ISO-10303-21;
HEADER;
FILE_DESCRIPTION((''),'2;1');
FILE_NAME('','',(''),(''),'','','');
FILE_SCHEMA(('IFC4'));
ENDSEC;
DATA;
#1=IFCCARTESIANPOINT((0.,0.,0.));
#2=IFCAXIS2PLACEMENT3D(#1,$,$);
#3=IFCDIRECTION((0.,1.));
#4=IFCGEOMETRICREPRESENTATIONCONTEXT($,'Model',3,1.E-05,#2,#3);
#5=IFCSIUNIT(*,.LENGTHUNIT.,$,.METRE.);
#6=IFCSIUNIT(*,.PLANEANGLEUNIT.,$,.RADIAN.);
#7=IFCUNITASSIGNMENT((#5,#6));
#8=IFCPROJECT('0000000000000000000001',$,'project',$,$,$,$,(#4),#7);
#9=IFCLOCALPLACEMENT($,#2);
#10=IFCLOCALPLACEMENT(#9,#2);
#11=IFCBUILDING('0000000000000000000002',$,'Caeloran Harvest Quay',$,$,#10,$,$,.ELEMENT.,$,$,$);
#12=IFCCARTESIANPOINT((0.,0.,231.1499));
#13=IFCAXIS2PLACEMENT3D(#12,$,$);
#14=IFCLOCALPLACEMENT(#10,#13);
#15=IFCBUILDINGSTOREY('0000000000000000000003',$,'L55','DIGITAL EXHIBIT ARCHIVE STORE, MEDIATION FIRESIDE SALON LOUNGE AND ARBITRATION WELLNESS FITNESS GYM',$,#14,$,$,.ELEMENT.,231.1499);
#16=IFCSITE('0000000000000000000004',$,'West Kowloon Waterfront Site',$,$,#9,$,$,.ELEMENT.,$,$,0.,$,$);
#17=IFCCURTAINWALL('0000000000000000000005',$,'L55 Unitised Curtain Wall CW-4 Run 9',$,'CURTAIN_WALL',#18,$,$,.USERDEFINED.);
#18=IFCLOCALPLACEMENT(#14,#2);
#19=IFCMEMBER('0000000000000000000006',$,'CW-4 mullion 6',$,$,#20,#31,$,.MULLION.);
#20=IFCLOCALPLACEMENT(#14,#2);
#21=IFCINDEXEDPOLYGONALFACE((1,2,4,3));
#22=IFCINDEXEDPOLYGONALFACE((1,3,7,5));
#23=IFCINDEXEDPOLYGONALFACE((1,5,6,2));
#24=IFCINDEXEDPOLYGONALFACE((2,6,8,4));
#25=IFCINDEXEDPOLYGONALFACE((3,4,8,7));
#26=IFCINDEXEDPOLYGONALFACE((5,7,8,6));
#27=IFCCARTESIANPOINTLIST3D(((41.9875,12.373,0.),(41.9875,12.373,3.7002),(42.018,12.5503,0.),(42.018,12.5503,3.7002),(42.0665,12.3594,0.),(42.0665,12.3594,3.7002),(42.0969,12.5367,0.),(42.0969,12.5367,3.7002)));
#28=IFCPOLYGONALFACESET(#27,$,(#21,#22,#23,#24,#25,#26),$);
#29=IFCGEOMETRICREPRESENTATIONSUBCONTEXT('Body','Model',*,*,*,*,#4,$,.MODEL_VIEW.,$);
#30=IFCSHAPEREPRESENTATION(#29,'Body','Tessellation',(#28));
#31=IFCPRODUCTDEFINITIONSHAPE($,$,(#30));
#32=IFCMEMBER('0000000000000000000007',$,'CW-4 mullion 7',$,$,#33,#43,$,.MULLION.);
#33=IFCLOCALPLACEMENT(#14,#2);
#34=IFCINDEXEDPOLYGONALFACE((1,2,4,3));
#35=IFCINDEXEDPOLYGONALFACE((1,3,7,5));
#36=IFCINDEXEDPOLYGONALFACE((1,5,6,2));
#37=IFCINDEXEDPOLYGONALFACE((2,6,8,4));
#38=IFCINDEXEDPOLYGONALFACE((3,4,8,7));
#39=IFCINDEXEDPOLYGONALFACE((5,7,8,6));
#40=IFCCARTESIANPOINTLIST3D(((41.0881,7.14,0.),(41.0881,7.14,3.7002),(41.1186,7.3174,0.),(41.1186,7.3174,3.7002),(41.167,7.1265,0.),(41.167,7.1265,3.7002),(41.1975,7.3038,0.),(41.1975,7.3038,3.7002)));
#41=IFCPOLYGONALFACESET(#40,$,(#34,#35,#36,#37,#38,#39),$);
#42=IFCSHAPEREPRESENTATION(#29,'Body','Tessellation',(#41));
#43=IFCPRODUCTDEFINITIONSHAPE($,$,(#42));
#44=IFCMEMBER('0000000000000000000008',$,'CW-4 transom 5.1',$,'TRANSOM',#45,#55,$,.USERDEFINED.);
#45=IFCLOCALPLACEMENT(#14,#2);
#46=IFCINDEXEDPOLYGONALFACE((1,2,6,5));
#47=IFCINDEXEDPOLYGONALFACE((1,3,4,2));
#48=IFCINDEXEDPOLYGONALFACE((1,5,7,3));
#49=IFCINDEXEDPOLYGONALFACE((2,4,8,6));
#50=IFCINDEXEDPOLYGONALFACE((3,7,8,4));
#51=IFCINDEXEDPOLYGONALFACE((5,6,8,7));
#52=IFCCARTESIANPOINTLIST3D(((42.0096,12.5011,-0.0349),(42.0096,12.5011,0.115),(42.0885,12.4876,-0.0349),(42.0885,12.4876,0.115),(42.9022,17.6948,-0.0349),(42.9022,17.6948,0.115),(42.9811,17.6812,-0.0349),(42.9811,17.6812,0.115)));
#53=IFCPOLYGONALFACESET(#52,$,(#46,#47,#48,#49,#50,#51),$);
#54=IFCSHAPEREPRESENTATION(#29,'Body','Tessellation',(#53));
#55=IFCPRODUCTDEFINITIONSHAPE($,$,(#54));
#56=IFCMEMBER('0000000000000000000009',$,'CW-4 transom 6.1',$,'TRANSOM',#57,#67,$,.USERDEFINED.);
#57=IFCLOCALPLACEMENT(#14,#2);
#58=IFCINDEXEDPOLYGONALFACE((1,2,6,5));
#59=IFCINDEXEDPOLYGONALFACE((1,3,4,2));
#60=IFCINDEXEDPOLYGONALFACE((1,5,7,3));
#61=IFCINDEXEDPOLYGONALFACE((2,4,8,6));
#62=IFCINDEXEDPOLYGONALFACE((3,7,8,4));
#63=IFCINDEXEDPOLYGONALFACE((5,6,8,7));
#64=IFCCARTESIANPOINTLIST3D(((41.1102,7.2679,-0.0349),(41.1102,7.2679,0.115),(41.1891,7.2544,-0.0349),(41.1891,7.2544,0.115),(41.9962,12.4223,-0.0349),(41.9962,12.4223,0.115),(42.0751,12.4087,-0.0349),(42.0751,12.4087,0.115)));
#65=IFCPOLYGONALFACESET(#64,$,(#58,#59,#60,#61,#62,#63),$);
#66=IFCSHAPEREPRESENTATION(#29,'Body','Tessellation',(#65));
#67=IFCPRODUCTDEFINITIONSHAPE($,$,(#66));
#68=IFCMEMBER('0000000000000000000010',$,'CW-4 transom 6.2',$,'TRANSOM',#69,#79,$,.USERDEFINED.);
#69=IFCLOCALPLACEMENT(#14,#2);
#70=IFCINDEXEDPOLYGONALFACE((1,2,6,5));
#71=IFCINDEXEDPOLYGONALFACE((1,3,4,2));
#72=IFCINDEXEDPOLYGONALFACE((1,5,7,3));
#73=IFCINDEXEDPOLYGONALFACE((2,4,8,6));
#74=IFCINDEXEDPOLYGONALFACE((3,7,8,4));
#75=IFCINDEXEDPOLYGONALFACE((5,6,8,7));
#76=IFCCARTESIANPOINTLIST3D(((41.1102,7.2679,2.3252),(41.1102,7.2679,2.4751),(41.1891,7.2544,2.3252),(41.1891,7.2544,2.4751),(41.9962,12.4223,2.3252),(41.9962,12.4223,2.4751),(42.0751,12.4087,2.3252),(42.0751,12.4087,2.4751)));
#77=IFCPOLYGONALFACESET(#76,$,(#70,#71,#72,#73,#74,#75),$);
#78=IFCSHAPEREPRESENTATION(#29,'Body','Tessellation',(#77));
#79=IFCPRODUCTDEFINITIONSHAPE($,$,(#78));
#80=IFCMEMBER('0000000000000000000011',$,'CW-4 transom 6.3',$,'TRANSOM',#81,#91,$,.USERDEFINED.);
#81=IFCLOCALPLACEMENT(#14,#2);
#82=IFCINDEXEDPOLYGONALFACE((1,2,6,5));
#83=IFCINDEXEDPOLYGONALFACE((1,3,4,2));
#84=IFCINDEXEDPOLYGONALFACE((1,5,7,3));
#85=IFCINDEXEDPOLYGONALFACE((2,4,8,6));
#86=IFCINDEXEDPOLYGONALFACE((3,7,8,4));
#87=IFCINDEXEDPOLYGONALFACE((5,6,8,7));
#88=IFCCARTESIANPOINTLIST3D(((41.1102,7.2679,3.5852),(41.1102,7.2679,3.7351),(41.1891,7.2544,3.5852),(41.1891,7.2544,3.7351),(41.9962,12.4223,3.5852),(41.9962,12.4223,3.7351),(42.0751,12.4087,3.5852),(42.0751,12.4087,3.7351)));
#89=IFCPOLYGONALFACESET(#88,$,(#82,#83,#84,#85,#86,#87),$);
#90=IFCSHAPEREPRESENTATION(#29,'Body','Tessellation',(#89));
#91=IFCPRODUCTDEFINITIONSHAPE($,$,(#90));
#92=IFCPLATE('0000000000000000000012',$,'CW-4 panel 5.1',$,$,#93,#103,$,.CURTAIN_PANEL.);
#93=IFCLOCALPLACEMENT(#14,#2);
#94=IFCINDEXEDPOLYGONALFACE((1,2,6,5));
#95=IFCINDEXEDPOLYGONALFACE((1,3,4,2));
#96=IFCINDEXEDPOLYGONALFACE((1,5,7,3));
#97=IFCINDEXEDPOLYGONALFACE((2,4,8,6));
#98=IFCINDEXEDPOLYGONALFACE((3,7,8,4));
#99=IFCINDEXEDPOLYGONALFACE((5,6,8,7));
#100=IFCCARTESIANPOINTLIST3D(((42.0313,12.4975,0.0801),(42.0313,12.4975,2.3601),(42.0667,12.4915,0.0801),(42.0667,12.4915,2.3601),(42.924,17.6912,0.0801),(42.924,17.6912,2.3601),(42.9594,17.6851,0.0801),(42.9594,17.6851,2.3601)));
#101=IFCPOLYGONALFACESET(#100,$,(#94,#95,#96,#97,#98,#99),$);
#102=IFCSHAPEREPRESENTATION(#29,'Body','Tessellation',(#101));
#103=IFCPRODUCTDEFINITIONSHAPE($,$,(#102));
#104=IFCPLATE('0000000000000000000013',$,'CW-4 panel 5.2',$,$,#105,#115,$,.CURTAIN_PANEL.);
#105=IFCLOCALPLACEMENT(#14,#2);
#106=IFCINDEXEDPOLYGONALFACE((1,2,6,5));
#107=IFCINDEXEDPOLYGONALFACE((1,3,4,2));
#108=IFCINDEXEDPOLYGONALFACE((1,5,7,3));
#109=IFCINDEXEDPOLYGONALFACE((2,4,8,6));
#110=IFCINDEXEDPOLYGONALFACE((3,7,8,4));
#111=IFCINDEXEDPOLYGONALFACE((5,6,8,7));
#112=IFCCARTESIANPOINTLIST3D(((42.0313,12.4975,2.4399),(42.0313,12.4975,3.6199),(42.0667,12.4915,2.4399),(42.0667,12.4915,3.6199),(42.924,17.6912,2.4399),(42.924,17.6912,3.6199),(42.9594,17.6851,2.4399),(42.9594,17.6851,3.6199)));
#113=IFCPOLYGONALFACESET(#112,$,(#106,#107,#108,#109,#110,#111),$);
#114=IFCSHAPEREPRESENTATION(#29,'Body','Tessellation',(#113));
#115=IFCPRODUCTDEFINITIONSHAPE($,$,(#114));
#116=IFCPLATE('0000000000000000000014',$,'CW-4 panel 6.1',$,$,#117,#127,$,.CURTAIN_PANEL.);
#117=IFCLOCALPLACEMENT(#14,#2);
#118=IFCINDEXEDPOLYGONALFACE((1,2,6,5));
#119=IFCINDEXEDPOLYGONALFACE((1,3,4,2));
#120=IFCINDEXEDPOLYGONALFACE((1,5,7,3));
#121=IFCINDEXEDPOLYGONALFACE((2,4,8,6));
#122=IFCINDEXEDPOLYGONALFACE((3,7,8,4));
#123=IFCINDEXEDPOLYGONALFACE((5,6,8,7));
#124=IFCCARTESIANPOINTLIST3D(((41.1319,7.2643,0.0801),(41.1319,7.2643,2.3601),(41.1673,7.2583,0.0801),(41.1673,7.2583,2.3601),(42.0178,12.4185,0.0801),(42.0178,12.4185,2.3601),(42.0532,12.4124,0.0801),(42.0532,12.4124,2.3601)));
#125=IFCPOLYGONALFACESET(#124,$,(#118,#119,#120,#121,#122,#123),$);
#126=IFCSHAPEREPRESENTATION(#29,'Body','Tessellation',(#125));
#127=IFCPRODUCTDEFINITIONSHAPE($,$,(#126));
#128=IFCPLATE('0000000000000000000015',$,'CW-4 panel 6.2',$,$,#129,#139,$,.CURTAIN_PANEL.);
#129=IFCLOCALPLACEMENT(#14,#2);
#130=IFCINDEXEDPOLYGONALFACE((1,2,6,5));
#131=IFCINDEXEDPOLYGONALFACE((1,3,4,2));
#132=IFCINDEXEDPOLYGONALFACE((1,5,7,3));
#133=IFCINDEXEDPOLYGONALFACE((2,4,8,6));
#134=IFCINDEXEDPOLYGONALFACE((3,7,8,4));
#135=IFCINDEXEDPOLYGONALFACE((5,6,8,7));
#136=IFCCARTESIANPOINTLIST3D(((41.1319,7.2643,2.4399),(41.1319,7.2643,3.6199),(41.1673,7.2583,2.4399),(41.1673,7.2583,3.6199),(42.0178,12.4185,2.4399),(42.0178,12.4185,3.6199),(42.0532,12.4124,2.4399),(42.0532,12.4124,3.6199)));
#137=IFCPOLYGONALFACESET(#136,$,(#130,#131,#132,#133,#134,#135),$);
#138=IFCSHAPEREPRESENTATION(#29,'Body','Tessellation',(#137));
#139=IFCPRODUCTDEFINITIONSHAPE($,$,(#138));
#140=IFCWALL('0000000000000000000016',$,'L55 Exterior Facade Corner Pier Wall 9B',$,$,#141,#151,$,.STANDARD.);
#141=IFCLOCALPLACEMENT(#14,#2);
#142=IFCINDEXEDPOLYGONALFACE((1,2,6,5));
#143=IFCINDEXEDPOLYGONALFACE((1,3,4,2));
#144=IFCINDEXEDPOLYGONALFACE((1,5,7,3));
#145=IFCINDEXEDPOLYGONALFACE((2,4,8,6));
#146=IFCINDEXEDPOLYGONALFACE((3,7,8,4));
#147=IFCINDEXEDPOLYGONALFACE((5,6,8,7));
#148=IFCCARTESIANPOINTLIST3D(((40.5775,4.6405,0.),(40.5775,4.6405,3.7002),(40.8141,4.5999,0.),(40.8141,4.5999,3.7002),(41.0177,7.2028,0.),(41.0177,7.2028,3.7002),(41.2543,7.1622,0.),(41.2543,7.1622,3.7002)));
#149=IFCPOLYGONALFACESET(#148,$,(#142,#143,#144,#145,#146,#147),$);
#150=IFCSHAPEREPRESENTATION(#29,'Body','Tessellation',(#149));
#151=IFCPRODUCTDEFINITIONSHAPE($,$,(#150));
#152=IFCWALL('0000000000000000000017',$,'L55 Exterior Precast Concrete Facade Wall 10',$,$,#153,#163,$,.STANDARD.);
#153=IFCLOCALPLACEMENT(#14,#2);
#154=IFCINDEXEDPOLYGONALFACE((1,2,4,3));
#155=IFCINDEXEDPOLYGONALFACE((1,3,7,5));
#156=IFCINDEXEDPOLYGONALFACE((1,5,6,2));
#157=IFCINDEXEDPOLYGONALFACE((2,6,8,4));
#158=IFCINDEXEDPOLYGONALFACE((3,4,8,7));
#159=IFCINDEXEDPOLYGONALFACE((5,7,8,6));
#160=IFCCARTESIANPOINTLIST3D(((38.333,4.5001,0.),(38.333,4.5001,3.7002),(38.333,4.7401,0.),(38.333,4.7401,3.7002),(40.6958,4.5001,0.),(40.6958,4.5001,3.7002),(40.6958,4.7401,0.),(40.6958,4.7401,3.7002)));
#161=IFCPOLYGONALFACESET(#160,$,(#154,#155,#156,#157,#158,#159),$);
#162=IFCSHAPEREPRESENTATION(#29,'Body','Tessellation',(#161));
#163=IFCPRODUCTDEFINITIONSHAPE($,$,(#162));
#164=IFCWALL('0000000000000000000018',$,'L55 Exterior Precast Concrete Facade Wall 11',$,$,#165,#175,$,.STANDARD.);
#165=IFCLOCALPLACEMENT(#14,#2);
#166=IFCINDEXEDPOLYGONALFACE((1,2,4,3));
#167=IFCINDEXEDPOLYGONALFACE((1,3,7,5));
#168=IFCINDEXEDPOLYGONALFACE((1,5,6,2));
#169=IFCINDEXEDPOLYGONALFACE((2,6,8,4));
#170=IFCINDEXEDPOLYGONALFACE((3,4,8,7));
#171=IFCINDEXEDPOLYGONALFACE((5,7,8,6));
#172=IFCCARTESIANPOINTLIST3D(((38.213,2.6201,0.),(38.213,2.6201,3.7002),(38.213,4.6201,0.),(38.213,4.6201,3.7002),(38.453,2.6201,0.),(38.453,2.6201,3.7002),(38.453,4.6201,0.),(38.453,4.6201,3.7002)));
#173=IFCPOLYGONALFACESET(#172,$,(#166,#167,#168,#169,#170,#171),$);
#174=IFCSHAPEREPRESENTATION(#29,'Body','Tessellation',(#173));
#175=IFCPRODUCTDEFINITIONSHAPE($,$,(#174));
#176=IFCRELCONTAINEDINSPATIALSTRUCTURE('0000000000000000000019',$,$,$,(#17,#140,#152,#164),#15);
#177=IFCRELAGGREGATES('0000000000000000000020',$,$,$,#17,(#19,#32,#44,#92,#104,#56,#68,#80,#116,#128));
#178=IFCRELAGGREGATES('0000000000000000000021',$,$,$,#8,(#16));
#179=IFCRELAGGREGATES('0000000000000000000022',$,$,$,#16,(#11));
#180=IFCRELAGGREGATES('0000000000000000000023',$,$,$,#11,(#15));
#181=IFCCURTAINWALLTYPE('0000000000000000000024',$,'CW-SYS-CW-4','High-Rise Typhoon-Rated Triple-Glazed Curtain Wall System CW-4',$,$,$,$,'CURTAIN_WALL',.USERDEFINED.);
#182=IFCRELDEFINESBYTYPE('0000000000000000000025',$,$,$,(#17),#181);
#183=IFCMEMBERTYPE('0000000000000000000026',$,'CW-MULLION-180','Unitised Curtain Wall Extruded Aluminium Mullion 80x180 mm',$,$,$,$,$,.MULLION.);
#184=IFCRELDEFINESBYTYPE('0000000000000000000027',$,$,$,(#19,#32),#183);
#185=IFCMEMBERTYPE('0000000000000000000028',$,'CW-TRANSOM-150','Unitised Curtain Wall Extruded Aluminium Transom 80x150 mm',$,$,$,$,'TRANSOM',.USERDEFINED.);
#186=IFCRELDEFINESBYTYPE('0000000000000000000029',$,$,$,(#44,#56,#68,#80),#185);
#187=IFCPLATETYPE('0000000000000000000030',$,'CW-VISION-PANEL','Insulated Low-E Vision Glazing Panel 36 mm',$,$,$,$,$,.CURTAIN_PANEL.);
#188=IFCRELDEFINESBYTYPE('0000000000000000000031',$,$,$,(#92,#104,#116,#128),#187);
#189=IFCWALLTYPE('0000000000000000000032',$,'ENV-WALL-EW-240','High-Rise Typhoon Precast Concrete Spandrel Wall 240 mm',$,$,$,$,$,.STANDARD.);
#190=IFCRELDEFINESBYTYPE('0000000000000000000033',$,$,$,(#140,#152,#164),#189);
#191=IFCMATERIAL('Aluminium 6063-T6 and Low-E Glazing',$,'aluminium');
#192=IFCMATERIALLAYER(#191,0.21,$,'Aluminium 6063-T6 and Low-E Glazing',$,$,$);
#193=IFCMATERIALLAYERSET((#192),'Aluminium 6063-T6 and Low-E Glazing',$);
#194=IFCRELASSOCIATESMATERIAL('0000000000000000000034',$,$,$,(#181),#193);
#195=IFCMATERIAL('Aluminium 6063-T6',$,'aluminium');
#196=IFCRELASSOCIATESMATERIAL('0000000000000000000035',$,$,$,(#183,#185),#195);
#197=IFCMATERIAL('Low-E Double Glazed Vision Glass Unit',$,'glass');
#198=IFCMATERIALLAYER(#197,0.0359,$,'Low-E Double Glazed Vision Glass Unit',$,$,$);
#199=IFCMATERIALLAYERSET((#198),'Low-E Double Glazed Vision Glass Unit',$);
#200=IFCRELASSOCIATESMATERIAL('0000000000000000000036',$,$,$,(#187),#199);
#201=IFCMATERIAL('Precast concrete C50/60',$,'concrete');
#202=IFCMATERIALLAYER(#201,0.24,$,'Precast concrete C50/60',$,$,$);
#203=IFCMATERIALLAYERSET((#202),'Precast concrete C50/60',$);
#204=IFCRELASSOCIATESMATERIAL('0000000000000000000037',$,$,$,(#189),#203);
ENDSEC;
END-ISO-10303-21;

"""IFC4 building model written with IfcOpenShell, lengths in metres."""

from ifc_helpers import new_model, si_unit, direction, frame, frame_2d, origin, origin_2d, place, context, subcontext, project, spatial, rectangle, extrude, material, layer, layer_set, material_profile, profile_set, type_object, element, aggregate, save


model = new_model("IFC4")

# Units and contexts
model_context = context("Model", 3, precision=1e-05, world=origin(), true_north=direction((0.0, 1.0)))
body_context = subcontext(model_context, "Body", "Model", "MODEL_VIEW")
ifc_project = project(units=[si_unit("LENGTHUNIT", "METRE"), si_unit("PLANEANGLEUNIT", "RADIAN")], contexts=[model_context])

# Site, building, storey
site_placement = place(None, origin())
site = spatial("IfcSite", under=ifc_project, at=site_placement, Name="West Kowloon Waterfront Site", CompositionType="ELEMENT", RefElevation=0.0)
building_placement = place(site_placement, origin())
building = spatial("IfcBuilding", under=site, at=building_placement, Name="Caeloran Harvest Quay", CompositionType="ELEMENT")
storey_placement = place(building_placement, frame((0.0, 0.0, 231.1499)))
storey = spatial("IfcBuildingStorey", under=building, at=storey_placement, Name="L55", Description="DIGITAL EXHIBIT ARCHIVE STORE, MEDIATION FIRESIDE SALON LOUNGE AND ARBITRATION WELLNESS FITNESS GYM", CompositionType="ELEMENT", Elevation=231.1499)

# Curtain wall, members, plates
ifc_material_1 = material(Name="Aluminium 6063-T6 and Low-E Glazing", Category="aluminium")
ifc_layer_1 = layer(ifc_material_1, 0.21, Name="Aluminium 6063-T6 and Low-E Glazing")
ifc_layer_set_1 = layer_set([ifc_layer_1], Name="Aluminium 6063-T6 and Low-E Glazing")
curtain_wall_type = type_object("IfcCurtainWallType", Name="CW-SYS-CW-4", Description="High-Rise Typhoon-Rated Triple-Glazed Curtain Wall System CW-4", ElementType="CURTAIN_WALL", PredefinedType="USERDEFINED", material=ifc_layer_set_1)
curtain_wall_placement = place(storey_placement, origin())
curtain_wall = element("IfcCurtainWall", 1, at=curtain_wall_placement, inside=storey, type_object=curtain_wall_type, Name="L55 Unitised Curtain Wall CW-4 Run 9", ObjectType="CURTAIN_WALL", PredefinedType="USERDEFINED")
ifc_material_2 = material(Name="Aluminium 6063-T6", Category="aluminium")
ifc_material_profile_1 = material_profile(ifc_material_2, rectangle(XDim=0.0801, YDim=0.1799, at=origin_2d()), Name="CW-MULLION-180")
ifc_profile_set_1 = profile_set([ifc_material_profile_1], Name="Aluminium 6063-T6")
member_type_1 = type_object("IfcMemberType", Name="CW-MULLION-180", Description="Unitised Curtain Wall Extruded Aluminium Mullion 80x180 mm", PredefinedType="MULLION", material=ifc_profile_set_1)
member_1_placement = place(storey_placement, frame((42.0422, 12.4548, 0.0), z_axis=(0.0, 0.0, 1.0), x_axis=(0.985549, -0.169391, 0.0)))
member_1 = element("IfcMember", 2, at=member_1_placement, type_object=member_type_1, Name="CW-4 mullion 6", PredefinedType="MULLION", context=body_context, shape_type="SweptSolid", body=[
    extrude(rectangle(XDim=0.0801, YDim=0.1799, at=origin_2d()), origin(), (0.0, 0.0, 1.0), 3.7002),
])
member_2_placement = place(storey_placement, frame((41.1428, 7.2219, 0.0), z_axis=(0.0, 0.0, 1.0), x_axis=(0.985549, -0.169391, 0.0)))
member_2 = element("IfcMember", 3, at=member_2_placement, type_object=member_type_1, Name="CW-4 mullion 7", PredefinedType="MULLION", context=body_context, shape_type="SweptSolid", body=[
    extrude(rectangle(XDim=0.0801, YDim=0.1799, at=origin_2d()), origin(), (0.0, 0.0, 1.0), 3.7002),
])
ifc_material_profile_2 = material_profile(ifc_material_2, rectangle(XDim=0.0801, YDim=0.1499, at=origin_2d()), Name="CW-TRANSOM-150")
ifc_profile_set_2 = profile_set([ifc_material_profile_2], Name="Aluminium 6063-T6")
member_type_2 = type_object("IfcMemberType", Name="CW-TRANSOM-150", Description="Unitised Curtain Wall Extruded Aluminium Transom 80x150 mm", ElementType="TRANSOM", PredefinedType="USERDEFINED", material=ifc_profile_set_2)
member_3_placement = place(storey_placement, frame((42.9417, 17.688, 0.04), z_axis=(-0.169378, -0.985551, 0.0), x_axis=(0.985551, -0.169378, 0.0)))
member_3 = element("IfcMember", 4, at=member_3_placement, type_object=member_type_2, Name="CW-4 transom 5.1", ObjectType="TRANSOM", PredefinedType="USERDEFINED", context=body_context, shape_type="SweptSolid", body=[
    extrude(rectangle(XDim=0.0801, YDim=0.1499, at=origin_2d()), origin(), (0.0, 0.0, 1.0), 5.2698),
])
member_4_placement = place(storey_placement, frame((42.0356, 12.4155, 0.04), z_axis=(-0.169408, -0.985546, 0.0), x_axis=(0.985546, -0.169408, 0.0)))
member_4 = element("IfcMember", 5, at=member_4_placement, type_object=member_type_2, Name="CW-4 transom 6.1", ObjectType="TRANSOM", PredefinedType="USERDEFINED", context=body_context, shape_type="SweptSolid", body=[
    extrude(rectangle(XDim=0.0801, YDim=0.1499, at=origin_2d()), origin(), (0.0, 0.0, 1.0), 5.23),
])
member_5_placement = place(storey_placement, frame((42.0356, 12.4155, 2.4001), z_axis=(-0.169408, -0.985546, 0.0), x_axis=(0.985546, -0.169408, 0.0)))
member_5 = element("IfcMember", 6, at=member_5_placement, type_object=member_type_2, Name="CW-4 transom 6.2", ObjectType="TRANSOM", PredefinedType="USERDEFINED", context=body_context, shape_type="SweptSolid", body=[
    extrude(rectangle(XDim=0.0801, YDim=0.1499, at=origin_2d()), origin(), (0.0, 0.0, 1.0), 5.23),
])
member_6_placement = place(storey_placement, frame((42.0356, 12.4155, 3.6602), z_axis=(-0.169408, -0.985546, 0.0), x_axis=(0.985546, -0.169408, 0.0)))
member_6 = element("IfcMember", 7, at=member_6_placement, type_object=member_type_2, Name="CW-4 transom 6.3", ObjectType="TRANSOM", PredefinedType="USERDEFINED", context=body_context, shape_type="SweptSolid", body=[
    extrude(rectangle(XDim=0.0801, YDim=0.1499, at=origin_2d()), origin(), (0.0, 0.0, 1.0), 5.23),
])
ifc_material_3 = material(Name="Low-E Double Glazed Vision Glass Unit", Category="glass")
ifc_layer_2 = layer(ifc_material_3, 0.0359, Name="Low-E Double Glazed Vision Glass Unit")
ifc_layer_set_2 = layer_set([ifc_layer_2], Name="Low-E Double Glazed Vision Glass Unit")
plate_type = type_object("IfcPlateType", Name="CW-VISION-PANEL", Description="Insulated Low-E Vision Glazing Panel 36 mm", PredefinedType="CURTAIN_PANEL", material=ifc_layer_set_2)
plate_1_placement = place(storey_placement, frame((42.4954, 15.0913, 0.0801), z_axis=(0.0, 0.0, 1.0), x_axis=(-0.169391, -0.985549, 0.0)))
plate_1 = element("IfcPlate", 8, at=plate_1_placement, type_object=plate_type, Name="CW-4 panel 5.1", PredefinedType="CURTAIN_PANEL", context=body_context, shape_type="SweptSolid", body=[
    extrude(rectangle(XDim=5.2698, YDim=0.0359, at=origin_2d()), origin(), (0.0, 0.0, 1.0), 2.28),
])
plate_2_placement = place(storey_placement, frame((42.4954, 15.0913, 2.4399), z_axis=(0.0, 0.0, 1.0), x_axis=(-0.169391, -0.985549, 0.0)))
plate_2 = element("IfcPlate", 9, at=plate_2_placement, type_object=plate_type, Name="CW-4 panel 5.2", PredefinedType="CURTAIN_PANEL", context=body_context, shape_type="SweptSolid", body=[
    extrude(rectangle(XDim=5.2698, YDim=0.0359, at=origin_2d()), origin(), (0.0, 0.0, 1.0), 1.1799),
])
plate_3_placement = place(storey_placement, frame((41.5925, 9.8384, 0.0801), z_axis=(0.0, 0.0, 1.0), x_axis=(-0.169391, -0.985549, 0.0)))
plate_3 = element("IfcPlate", 10, at=plate_3_placement, type_object=plate_type, Name="CW-4 panel 6.1", PredefinedType="CURTAIN_PANEL", context=body_context, shape_type="SweptSolid", body=[
    extrude(rectangle(XDim=5.2297, YDim=0.0359, at=origin_2d()), origin(), (0.0, 0.0, 1.0), 2.28),
])
plate_4_placement = place(storey_placement, frame((41.5925, 9.8384, 2.4399), z_axis=(0.0, 0.0, 1.0), x_axis=(-0.169391, -0.985549, 0.0)))
plate_4 = element("IfcPlate", 11, at=plate_4_placement, type_object=plate_type, Name="CW-4 panel 6.2", PredefinedType="CURTAIN_PANEL", context=body_context, shape_type="SweptSolid", body=[
    extrude(rectangle(XDim=5.2297, YDim=0.0359, at=origin_2d()), origin(), (0.0, 0.0, 1.0), 1.1799),
])
aggregate(curtain_wall, [member_1, member_2, member_3, plate_1, plate_2, member_4, member_5, member_6, plate_3, plate_4])

# Walls
ifc_material_4 = material(Name="Precast concrete C50/60", Category="concrete")
ifc_layer_3 = layer(ifc_material_4, 0.24, Name="Precast concrete C50/60")
ifc_layer_set_3 = layer_set([ifc_layer_3], Name="Precast concrete C50/60")
wall_type_1 = type_object("IfcWallType", Name="ENV-WALL-EW-240", Description="High-Rise Typhoon Precast Concrete Spandrel Wall 240 mm", PredefinedType="STANDARD", material=ifc_layer_set_3)
wall_1_placement = place(storey_placement, frame((41.136, 7.1824, 0.0), z_axis=(0.0, 0.0, 1.0), x_axis=(-0.169316, -0.985562, 0.0)))
element("IfcWall", 12, at=wall_1_placement, inside=storey, type_object=wall_type_1, Name="L55 Exterior Facade Corner Pier Wall 9B", PredefinedType="STANDARD", context=body_context, shape_type="SweptSolid", body=[
    extrude(rectangle(XDim=2.5999, YDim=0.24, at=frame_2d((1.2998, 0.0))), origin(), (0.0, 0.0, 1.0), 3.7002),
])
wall_2_placement = place(storey_placement, frame((40.6958, 4.6201, 0.0), z_axis=(0.0, 0.0, 1.0), x_axis=(-1.0, 0.0, 0.0)))
element("IfcWall", 13, at=wall_2_placement, inside=storey, type_object=wall_type_1, Name="L55 Exterior Precast Concrete Facade Wall 10", PredefinedType="STANDARD", context=body_context, shape_type="SweptSolid", body=[
    extrude(rectangle(XDim=2.3628, YDim=0.24, at=frame_2d((1.1814, 0.0))), origin(), (0.0, 0.0, 1.0), 3.7002),
])
wall_3_placement = place(storey_placement, frame((38.333, 4.6201, 0.0), z_axis=(0.0, 0.0, 1.0), x_axis=(0.0, -1.0, 0.0)))
element("IfcWall", 14, at=wall_3_placement, inside=storey, type_object=wall_type_1, Name="L55 Exterior Precast Concrete Facade Wall 11", PredefinedType="STANDARD", context=body_context, shape_type="SweptSolid", body=[
    extrude(rectangle(XDim=2.0, YDim=0.24, at=frame_2d((1.0, 0.0))), origin(), (0.0, 0.0, 1.0), 3.7002),
])

save(model, "model.ifc")
